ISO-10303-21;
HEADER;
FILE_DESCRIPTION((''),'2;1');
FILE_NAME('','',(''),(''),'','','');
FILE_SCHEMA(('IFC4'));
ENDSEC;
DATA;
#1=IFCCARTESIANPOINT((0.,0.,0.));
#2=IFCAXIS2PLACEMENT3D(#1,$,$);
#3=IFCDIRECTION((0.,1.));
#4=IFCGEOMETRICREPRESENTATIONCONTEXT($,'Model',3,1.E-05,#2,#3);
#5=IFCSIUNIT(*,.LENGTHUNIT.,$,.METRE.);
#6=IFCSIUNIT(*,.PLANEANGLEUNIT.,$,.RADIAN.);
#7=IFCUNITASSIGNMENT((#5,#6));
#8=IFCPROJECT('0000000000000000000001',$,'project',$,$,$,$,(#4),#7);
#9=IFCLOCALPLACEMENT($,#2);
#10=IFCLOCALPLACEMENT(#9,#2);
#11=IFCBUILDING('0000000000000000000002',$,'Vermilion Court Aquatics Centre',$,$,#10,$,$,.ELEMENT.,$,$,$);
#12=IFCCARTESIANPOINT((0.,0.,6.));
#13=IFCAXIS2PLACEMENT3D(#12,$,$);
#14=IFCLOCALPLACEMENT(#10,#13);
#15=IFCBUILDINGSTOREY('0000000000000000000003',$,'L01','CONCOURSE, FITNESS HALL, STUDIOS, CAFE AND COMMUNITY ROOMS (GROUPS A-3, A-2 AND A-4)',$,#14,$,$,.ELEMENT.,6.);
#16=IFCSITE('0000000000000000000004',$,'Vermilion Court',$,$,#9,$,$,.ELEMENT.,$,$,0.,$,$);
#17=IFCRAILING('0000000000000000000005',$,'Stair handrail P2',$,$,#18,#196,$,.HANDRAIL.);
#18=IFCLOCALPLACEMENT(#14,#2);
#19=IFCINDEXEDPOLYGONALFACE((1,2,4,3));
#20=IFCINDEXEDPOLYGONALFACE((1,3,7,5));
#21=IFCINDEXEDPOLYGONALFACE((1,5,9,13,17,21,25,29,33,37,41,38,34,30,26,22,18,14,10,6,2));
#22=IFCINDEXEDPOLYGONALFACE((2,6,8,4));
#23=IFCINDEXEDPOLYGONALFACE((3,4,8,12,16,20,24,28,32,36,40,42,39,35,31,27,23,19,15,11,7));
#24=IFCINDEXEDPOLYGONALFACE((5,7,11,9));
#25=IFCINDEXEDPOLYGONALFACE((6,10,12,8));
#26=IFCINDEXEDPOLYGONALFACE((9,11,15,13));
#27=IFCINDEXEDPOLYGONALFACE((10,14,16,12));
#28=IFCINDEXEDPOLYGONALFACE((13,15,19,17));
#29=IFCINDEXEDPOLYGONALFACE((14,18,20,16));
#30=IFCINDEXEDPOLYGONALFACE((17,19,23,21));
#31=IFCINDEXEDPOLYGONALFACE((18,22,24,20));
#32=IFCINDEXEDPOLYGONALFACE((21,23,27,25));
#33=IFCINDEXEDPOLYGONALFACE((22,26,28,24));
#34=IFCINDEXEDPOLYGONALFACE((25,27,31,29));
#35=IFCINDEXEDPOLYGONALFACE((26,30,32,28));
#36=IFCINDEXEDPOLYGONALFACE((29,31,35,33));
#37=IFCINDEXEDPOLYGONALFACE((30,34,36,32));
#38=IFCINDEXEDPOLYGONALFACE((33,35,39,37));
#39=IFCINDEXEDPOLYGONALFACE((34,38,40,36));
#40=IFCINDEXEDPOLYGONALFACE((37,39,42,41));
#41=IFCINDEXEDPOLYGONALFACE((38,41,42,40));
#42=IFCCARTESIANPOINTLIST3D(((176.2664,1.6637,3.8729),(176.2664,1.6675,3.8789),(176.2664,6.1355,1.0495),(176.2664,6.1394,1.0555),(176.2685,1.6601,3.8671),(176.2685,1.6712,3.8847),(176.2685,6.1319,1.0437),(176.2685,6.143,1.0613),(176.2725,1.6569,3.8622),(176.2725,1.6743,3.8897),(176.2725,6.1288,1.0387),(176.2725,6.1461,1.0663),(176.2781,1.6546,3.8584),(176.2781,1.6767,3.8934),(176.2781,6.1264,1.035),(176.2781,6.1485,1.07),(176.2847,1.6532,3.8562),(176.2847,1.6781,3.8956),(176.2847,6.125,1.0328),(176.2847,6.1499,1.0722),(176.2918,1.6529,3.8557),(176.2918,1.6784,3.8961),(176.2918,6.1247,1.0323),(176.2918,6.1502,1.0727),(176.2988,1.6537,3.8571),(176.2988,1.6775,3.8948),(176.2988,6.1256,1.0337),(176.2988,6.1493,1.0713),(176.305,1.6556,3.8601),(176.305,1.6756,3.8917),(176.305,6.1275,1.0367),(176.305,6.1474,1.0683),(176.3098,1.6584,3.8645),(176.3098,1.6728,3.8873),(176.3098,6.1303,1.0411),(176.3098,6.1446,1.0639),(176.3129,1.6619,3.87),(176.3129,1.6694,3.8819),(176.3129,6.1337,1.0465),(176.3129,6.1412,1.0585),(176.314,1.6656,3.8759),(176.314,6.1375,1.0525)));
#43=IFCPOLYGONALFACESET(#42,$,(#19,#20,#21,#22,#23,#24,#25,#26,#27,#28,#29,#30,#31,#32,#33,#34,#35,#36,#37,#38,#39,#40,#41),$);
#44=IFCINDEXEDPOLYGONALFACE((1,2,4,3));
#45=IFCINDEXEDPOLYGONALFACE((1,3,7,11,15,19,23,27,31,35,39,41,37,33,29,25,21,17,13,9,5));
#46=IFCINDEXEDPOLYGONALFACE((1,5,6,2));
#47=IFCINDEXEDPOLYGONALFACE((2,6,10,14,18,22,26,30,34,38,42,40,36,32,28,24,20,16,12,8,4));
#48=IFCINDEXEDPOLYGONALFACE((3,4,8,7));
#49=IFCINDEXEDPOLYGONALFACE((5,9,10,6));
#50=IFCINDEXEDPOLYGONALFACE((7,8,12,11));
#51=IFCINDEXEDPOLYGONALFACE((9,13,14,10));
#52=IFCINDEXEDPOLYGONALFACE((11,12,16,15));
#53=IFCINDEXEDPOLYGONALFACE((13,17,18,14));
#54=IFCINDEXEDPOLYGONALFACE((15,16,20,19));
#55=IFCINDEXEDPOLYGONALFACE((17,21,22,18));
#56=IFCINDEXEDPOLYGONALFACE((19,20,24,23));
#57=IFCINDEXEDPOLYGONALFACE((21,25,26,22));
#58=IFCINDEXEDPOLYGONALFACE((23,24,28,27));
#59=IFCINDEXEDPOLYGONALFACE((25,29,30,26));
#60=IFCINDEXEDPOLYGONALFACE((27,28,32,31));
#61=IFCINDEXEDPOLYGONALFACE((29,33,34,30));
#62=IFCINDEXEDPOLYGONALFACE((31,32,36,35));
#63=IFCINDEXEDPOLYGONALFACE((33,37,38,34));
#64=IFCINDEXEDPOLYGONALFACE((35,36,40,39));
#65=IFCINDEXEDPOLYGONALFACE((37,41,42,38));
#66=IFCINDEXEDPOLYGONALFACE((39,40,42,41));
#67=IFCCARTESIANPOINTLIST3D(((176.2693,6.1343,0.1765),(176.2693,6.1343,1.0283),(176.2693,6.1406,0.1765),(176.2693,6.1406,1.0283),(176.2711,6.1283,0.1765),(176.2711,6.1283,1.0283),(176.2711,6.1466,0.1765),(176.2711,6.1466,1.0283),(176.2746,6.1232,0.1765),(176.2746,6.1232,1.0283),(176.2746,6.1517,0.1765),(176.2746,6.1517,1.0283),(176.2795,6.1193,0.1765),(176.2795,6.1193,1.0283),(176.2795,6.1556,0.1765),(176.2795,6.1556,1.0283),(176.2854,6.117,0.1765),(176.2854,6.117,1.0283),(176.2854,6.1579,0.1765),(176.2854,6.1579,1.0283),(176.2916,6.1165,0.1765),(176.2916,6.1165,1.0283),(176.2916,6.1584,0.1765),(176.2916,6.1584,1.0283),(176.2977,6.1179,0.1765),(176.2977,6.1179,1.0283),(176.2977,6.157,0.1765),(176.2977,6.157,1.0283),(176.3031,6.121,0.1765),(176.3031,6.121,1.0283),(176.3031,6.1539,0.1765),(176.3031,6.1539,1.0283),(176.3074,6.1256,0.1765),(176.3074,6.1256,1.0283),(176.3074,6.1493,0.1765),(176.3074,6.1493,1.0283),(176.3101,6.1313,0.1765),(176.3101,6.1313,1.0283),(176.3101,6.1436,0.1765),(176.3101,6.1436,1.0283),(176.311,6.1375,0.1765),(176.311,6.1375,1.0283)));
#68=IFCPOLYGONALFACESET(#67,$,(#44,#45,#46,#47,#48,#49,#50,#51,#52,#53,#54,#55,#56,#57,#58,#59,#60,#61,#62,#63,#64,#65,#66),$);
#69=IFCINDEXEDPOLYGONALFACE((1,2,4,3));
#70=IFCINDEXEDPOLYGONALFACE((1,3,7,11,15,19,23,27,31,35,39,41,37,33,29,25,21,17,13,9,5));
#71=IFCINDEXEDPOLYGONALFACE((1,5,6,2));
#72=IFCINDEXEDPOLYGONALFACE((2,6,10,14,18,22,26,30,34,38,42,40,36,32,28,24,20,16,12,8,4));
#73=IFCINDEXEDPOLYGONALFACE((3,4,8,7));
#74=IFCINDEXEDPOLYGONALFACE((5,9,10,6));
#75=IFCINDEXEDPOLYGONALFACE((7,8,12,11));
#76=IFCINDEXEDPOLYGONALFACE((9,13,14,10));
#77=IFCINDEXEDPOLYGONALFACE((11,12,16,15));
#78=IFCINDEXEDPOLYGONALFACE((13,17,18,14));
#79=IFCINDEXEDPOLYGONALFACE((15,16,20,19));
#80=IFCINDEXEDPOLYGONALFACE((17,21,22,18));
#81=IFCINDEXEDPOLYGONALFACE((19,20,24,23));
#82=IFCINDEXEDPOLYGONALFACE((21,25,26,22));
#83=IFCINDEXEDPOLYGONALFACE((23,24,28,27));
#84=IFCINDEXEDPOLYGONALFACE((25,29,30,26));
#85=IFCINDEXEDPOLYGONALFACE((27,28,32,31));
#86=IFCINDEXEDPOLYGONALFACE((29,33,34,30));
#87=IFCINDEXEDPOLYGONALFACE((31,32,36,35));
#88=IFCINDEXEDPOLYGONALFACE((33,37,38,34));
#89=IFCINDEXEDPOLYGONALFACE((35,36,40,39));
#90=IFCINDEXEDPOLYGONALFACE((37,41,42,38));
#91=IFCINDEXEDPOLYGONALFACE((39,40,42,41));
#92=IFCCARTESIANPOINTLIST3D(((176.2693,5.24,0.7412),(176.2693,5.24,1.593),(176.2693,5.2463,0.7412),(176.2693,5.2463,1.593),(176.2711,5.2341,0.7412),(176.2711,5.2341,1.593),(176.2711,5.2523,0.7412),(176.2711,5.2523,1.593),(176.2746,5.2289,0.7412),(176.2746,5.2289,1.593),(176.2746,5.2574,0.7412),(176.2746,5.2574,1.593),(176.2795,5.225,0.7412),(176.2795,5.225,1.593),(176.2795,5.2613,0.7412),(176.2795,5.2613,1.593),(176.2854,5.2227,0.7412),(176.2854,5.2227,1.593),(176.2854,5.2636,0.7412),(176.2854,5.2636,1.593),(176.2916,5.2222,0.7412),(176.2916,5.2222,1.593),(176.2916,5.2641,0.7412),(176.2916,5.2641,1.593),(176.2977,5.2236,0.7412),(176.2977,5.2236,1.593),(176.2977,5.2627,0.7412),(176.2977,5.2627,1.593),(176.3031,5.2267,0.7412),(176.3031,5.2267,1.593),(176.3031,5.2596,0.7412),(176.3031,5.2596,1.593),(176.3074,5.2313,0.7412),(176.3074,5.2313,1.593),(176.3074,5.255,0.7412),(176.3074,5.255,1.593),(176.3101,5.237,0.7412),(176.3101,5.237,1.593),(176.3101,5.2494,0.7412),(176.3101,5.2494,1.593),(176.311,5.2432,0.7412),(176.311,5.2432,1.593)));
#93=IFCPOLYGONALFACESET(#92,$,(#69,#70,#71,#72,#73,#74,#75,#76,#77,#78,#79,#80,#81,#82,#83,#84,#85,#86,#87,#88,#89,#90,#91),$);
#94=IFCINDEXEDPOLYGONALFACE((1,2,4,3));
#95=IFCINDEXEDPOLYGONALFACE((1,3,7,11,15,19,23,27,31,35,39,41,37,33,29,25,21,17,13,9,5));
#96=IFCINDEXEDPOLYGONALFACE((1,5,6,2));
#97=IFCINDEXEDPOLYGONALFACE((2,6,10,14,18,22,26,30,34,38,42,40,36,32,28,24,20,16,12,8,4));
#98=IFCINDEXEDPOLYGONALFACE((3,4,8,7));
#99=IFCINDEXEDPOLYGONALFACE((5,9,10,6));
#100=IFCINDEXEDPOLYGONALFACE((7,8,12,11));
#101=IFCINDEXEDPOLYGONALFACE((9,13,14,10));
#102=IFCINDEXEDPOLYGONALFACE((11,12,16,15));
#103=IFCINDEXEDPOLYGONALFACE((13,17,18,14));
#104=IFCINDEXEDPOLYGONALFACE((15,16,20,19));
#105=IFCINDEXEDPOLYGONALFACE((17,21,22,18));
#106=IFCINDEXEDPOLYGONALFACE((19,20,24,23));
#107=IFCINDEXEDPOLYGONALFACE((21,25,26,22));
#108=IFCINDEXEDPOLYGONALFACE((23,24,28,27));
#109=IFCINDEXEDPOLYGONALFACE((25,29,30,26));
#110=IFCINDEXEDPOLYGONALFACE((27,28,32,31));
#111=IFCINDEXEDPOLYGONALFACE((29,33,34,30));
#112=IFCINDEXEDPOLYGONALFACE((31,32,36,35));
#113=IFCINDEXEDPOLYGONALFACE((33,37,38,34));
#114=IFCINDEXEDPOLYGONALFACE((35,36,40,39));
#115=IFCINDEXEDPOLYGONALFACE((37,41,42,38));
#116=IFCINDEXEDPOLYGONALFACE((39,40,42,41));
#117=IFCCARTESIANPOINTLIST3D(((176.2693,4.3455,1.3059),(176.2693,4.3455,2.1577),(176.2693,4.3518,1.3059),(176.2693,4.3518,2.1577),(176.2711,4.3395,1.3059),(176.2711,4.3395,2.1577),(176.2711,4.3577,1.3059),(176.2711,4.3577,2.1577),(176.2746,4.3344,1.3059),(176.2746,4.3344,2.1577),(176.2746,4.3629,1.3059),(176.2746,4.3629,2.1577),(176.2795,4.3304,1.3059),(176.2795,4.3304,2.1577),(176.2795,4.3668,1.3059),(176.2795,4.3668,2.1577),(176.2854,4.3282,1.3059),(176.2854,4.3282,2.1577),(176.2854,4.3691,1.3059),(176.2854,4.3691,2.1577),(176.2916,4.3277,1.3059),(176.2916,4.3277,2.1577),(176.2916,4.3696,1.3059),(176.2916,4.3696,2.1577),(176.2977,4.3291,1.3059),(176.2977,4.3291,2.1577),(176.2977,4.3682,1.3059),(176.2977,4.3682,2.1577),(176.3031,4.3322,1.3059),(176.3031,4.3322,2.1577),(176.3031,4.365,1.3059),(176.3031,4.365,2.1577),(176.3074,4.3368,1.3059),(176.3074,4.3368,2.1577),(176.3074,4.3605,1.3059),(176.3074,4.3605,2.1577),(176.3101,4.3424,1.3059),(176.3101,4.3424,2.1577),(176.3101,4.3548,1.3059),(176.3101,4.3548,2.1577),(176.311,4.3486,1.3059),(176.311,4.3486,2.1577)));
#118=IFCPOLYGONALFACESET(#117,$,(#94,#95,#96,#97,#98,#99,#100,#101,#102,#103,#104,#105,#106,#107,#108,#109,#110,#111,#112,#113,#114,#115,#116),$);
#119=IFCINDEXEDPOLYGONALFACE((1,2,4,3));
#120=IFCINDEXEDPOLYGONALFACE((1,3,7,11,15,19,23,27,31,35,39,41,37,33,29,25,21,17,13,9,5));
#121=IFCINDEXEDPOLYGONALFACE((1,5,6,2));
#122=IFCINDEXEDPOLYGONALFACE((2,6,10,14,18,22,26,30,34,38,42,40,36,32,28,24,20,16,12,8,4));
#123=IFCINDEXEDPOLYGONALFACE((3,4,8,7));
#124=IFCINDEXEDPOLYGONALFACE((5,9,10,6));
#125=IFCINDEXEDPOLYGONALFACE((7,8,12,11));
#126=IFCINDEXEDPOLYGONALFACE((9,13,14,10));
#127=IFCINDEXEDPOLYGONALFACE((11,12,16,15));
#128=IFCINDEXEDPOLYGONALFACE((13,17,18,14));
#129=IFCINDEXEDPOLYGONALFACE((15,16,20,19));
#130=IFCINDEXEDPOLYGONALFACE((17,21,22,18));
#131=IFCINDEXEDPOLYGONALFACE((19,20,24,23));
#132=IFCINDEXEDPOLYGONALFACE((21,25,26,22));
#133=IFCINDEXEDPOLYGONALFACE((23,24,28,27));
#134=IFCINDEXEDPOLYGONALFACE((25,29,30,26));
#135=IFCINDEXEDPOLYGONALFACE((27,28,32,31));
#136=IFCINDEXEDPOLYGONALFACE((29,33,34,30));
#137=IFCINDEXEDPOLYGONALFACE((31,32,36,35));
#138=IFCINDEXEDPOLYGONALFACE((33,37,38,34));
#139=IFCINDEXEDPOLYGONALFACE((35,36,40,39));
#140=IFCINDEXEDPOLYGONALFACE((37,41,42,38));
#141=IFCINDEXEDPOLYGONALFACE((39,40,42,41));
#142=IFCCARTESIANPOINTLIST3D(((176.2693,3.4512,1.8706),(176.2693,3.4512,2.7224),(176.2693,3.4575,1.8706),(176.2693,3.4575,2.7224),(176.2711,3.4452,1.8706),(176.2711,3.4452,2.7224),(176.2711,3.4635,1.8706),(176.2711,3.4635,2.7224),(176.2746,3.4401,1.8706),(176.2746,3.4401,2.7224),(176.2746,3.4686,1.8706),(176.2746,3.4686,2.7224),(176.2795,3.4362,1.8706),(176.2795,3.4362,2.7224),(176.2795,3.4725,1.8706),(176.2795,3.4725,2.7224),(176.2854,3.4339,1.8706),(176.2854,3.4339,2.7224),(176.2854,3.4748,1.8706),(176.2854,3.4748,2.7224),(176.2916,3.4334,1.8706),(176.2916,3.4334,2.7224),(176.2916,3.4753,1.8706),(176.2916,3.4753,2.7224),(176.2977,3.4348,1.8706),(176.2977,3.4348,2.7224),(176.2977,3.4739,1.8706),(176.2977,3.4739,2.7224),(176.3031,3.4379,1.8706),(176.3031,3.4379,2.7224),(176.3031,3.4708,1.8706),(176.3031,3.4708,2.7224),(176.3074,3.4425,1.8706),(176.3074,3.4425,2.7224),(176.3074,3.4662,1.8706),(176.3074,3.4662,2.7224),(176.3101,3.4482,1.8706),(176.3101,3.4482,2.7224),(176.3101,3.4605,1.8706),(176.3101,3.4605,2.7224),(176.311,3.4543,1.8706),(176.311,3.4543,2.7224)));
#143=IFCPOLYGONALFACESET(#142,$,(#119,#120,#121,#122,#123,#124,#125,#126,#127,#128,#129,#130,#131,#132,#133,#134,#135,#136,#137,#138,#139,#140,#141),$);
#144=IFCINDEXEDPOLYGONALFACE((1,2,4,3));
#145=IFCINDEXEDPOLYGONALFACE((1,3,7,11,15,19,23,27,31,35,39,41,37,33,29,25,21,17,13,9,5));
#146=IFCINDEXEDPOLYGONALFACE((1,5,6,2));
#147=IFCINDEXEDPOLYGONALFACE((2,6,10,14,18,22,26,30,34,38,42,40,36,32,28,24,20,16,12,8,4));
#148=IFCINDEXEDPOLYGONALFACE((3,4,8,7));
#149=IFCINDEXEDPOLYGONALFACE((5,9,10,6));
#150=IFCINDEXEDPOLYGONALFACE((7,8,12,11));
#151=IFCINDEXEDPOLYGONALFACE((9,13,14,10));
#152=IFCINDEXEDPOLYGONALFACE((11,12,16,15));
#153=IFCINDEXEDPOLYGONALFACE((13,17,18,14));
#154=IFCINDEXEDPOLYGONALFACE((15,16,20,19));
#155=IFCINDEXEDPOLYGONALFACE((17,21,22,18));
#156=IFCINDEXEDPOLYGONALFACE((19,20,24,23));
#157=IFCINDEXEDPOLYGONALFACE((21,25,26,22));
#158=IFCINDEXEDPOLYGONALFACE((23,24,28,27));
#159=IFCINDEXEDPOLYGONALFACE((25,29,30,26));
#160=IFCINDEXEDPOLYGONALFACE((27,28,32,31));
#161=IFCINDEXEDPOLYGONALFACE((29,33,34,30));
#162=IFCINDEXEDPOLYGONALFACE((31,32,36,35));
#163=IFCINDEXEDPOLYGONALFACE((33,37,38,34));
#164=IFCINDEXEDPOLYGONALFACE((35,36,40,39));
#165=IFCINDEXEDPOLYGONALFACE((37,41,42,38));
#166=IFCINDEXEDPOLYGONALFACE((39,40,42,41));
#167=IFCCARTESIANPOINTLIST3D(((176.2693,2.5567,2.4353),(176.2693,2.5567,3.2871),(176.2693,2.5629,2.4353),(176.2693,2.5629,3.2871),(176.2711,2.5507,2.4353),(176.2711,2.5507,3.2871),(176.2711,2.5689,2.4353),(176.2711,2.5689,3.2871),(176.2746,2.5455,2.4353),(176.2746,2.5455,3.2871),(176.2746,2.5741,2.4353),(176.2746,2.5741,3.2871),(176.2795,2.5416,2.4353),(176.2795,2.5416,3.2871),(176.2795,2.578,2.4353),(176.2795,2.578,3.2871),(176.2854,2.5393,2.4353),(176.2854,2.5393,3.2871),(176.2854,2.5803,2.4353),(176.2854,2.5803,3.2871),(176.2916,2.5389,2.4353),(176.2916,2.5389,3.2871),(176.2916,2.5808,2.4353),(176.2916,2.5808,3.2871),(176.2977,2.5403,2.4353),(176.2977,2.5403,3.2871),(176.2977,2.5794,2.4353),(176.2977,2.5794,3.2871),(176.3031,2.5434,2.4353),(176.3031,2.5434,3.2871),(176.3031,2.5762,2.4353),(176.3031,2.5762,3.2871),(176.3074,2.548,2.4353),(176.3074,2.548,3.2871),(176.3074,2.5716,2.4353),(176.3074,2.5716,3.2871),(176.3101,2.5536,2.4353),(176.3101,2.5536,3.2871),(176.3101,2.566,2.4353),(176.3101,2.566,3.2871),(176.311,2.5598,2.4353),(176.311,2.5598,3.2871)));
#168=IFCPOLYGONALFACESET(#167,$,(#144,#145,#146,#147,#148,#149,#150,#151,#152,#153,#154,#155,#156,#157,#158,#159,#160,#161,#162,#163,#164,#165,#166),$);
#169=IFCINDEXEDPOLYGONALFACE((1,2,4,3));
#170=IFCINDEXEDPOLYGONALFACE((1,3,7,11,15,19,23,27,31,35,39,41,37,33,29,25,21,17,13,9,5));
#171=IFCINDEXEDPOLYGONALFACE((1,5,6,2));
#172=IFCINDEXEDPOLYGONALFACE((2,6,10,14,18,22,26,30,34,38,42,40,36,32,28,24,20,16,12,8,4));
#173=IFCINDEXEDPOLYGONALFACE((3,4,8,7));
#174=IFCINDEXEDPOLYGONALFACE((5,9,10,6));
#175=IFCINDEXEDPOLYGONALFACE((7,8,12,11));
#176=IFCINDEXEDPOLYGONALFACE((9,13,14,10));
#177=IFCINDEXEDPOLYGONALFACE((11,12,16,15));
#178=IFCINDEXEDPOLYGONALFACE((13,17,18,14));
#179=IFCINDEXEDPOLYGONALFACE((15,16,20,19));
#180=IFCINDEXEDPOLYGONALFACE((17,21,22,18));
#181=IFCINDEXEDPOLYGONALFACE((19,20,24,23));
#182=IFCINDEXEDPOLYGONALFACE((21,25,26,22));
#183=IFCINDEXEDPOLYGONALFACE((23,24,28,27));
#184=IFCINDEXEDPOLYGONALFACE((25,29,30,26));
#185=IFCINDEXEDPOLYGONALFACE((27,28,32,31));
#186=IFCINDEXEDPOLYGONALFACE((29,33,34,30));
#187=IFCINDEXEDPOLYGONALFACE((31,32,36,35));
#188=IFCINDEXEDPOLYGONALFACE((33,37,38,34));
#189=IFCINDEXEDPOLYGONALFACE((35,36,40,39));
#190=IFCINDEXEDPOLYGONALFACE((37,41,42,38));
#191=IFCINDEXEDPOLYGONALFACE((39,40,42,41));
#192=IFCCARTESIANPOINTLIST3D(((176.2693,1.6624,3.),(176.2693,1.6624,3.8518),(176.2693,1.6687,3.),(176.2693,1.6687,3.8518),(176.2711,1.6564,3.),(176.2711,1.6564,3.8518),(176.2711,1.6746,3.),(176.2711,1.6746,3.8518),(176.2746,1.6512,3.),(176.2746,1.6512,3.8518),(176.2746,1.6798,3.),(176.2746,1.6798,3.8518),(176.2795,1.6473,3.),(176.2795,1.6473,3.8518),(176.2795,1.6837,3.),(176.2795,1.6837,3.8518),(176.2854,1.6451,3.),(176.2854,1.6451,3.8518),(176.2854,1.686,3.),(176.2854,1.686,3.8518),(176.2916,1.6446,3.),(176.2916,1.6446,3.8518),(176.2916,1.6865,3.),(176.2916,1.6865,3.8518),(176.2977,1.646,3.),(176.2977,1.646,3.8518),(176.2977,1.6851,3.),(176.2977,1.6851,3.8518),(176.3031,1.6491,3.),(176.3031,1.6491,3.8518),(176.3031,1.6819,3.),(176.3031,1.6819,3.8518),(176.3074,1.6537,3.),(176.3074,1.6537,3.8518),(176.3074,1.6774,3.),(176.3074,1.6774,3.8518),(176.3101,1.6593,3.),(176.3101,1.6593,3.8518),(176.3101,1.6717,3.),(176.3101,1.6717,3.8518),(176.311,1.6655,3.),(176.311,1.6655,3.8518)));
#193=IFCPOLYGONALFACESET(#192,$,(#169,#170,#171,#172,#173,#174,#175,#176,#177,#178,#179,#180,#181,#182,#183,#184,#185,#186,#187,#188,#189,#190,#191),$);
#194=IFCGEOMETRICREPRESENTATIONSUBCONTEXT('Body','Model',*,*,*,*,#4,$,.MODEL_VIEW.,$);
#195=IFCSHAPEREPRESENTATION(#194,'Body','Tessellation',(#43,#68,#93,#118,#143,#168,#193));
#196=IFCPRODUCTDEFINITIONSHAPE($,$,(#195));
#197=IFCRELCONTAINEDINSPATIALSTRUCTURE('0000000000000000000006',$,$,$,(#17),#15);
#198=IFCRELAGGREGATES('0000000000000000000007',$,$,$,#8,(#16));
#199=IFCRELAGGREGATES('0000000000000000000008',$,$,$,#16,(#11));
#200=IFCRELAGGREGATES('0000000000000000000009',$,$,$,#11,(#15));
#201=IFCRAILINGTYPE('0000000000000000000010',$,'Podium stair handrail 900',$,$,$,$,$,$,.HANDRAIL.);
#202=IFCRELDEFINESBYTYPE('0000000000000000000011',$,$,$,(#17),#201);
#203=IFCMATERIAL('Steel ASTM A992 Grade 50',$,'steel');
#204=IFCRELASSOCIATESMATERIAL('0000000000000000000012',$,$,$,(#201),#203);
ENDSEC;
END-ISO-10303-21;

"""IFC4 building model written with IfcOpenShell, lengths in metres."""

from ifc_helpers import new_model, si_unit, direction, frame, origin, origin_2d, place, context, subcontext, project, spatial, circle, extrude, material, type_object, element, save


model = new_model("IFC4")

# Units and contexts
model_context = context("Model", 3, precision=1e-05, world=origin(), true_north=direction((0.0, 1.0)))
body_context = subcontext(model_context, "Body", "Model", "MODEL_VIEW")
ifc_project = project(units=[si_unit("LENGTHUNIT", "METRE"), si_unit("PLANEANGLEUNIT", "RADIAN")], contexts=[model_context])

# Site, building, storey
site_placement = place(None, origin())
site = spatial("IfcSite", under=ifc_project, at=site_placement, Name="Vermilion Court", CompositionType="ELEMENT", RefElevation=0.0)
building_placement = place(site_placement, origin())
building = spatial("IfcBuilding", under=site, at=building_placement, Name="Vermilion Court Aquatics Centre", CompositionType="ELEMENT")
storey_placement = place(building_placement, frame((0.0, 0.0, 6.0)))
storey = spatial("IfcBuildingStorey", under=building, at=storey_placement, Name="L01", Description="CONCOURSE, FITNESS HALL, STUDIOS, CAFE AND COMMUNITY ROOMS (GROUPS A-3, A-2 AND A-4)", CompositionType="ELEMENT", Elevation=6.0)

# Railing
ifc_material_1 = material(Name="Steel ASTM A992 Grade 50", Category="steel")
railing_type_1 = type_object("IfcRailingType", Name="Podium stair handrail 900", PredefinedType="HANDRAIL", material=ifc_material_1)
for number, where, name in (
    (1, (176.29, 6.1375, 0.1765), "Stair handrail P2"),
):
    element("IfcRailing", number, at=place(storey_placement, frame(where)), inside=storey, type_object=railing_type_1, Name=name, PredefinedType="HANDRAIL", context=body_context, shape_type="SweptSolid", body=[
        extrude(circle(Radius=0.0239, at=origin_2d()), frame((0.0, 0.0, 0.876), z_axis=(0.0, -0.845565, 0.533873), x_axis=(1.0, 0.0, 0.0)), (0.0, 0.0, 1.0), 5.2886),
        extrude(circle(Radius=0.021, at=origin_2d()), origin(), (0.0, 0.0, 1.0), 0.8518),
        extrude(circle(Radius=0.021, at=origin_2d()), frame((0.0, -0.8943, 0.5647)), (0.0, 0.0, 1.0), 0.8518),
        extrude(circle(Radius=0.021, at=origin_2d()), frame((0.0, -1.7888, 1.1294)), (0.0, 0.0, 1.0), 0.8518),
        extrude(circle(Radius=0.021, at=origin_2d()), frame((0.0, -2.6831, 1.6941)), (0.0, 0.0, 1.0), 0.8518),
        extrude(circle(Radius=0.021, at=origin_2d()), frame((0.0, -3.5776, 2.2588)), (0.0, 0.0, 1.0), 0.8518),
        extrude(circle(Radius=0.021, at=origin_2d()), frame((0.0, -4.4719, 2.8235)), (0.0, 0.0, 1.0), 0.8518),
    ])

save(model, "model.ifc")
